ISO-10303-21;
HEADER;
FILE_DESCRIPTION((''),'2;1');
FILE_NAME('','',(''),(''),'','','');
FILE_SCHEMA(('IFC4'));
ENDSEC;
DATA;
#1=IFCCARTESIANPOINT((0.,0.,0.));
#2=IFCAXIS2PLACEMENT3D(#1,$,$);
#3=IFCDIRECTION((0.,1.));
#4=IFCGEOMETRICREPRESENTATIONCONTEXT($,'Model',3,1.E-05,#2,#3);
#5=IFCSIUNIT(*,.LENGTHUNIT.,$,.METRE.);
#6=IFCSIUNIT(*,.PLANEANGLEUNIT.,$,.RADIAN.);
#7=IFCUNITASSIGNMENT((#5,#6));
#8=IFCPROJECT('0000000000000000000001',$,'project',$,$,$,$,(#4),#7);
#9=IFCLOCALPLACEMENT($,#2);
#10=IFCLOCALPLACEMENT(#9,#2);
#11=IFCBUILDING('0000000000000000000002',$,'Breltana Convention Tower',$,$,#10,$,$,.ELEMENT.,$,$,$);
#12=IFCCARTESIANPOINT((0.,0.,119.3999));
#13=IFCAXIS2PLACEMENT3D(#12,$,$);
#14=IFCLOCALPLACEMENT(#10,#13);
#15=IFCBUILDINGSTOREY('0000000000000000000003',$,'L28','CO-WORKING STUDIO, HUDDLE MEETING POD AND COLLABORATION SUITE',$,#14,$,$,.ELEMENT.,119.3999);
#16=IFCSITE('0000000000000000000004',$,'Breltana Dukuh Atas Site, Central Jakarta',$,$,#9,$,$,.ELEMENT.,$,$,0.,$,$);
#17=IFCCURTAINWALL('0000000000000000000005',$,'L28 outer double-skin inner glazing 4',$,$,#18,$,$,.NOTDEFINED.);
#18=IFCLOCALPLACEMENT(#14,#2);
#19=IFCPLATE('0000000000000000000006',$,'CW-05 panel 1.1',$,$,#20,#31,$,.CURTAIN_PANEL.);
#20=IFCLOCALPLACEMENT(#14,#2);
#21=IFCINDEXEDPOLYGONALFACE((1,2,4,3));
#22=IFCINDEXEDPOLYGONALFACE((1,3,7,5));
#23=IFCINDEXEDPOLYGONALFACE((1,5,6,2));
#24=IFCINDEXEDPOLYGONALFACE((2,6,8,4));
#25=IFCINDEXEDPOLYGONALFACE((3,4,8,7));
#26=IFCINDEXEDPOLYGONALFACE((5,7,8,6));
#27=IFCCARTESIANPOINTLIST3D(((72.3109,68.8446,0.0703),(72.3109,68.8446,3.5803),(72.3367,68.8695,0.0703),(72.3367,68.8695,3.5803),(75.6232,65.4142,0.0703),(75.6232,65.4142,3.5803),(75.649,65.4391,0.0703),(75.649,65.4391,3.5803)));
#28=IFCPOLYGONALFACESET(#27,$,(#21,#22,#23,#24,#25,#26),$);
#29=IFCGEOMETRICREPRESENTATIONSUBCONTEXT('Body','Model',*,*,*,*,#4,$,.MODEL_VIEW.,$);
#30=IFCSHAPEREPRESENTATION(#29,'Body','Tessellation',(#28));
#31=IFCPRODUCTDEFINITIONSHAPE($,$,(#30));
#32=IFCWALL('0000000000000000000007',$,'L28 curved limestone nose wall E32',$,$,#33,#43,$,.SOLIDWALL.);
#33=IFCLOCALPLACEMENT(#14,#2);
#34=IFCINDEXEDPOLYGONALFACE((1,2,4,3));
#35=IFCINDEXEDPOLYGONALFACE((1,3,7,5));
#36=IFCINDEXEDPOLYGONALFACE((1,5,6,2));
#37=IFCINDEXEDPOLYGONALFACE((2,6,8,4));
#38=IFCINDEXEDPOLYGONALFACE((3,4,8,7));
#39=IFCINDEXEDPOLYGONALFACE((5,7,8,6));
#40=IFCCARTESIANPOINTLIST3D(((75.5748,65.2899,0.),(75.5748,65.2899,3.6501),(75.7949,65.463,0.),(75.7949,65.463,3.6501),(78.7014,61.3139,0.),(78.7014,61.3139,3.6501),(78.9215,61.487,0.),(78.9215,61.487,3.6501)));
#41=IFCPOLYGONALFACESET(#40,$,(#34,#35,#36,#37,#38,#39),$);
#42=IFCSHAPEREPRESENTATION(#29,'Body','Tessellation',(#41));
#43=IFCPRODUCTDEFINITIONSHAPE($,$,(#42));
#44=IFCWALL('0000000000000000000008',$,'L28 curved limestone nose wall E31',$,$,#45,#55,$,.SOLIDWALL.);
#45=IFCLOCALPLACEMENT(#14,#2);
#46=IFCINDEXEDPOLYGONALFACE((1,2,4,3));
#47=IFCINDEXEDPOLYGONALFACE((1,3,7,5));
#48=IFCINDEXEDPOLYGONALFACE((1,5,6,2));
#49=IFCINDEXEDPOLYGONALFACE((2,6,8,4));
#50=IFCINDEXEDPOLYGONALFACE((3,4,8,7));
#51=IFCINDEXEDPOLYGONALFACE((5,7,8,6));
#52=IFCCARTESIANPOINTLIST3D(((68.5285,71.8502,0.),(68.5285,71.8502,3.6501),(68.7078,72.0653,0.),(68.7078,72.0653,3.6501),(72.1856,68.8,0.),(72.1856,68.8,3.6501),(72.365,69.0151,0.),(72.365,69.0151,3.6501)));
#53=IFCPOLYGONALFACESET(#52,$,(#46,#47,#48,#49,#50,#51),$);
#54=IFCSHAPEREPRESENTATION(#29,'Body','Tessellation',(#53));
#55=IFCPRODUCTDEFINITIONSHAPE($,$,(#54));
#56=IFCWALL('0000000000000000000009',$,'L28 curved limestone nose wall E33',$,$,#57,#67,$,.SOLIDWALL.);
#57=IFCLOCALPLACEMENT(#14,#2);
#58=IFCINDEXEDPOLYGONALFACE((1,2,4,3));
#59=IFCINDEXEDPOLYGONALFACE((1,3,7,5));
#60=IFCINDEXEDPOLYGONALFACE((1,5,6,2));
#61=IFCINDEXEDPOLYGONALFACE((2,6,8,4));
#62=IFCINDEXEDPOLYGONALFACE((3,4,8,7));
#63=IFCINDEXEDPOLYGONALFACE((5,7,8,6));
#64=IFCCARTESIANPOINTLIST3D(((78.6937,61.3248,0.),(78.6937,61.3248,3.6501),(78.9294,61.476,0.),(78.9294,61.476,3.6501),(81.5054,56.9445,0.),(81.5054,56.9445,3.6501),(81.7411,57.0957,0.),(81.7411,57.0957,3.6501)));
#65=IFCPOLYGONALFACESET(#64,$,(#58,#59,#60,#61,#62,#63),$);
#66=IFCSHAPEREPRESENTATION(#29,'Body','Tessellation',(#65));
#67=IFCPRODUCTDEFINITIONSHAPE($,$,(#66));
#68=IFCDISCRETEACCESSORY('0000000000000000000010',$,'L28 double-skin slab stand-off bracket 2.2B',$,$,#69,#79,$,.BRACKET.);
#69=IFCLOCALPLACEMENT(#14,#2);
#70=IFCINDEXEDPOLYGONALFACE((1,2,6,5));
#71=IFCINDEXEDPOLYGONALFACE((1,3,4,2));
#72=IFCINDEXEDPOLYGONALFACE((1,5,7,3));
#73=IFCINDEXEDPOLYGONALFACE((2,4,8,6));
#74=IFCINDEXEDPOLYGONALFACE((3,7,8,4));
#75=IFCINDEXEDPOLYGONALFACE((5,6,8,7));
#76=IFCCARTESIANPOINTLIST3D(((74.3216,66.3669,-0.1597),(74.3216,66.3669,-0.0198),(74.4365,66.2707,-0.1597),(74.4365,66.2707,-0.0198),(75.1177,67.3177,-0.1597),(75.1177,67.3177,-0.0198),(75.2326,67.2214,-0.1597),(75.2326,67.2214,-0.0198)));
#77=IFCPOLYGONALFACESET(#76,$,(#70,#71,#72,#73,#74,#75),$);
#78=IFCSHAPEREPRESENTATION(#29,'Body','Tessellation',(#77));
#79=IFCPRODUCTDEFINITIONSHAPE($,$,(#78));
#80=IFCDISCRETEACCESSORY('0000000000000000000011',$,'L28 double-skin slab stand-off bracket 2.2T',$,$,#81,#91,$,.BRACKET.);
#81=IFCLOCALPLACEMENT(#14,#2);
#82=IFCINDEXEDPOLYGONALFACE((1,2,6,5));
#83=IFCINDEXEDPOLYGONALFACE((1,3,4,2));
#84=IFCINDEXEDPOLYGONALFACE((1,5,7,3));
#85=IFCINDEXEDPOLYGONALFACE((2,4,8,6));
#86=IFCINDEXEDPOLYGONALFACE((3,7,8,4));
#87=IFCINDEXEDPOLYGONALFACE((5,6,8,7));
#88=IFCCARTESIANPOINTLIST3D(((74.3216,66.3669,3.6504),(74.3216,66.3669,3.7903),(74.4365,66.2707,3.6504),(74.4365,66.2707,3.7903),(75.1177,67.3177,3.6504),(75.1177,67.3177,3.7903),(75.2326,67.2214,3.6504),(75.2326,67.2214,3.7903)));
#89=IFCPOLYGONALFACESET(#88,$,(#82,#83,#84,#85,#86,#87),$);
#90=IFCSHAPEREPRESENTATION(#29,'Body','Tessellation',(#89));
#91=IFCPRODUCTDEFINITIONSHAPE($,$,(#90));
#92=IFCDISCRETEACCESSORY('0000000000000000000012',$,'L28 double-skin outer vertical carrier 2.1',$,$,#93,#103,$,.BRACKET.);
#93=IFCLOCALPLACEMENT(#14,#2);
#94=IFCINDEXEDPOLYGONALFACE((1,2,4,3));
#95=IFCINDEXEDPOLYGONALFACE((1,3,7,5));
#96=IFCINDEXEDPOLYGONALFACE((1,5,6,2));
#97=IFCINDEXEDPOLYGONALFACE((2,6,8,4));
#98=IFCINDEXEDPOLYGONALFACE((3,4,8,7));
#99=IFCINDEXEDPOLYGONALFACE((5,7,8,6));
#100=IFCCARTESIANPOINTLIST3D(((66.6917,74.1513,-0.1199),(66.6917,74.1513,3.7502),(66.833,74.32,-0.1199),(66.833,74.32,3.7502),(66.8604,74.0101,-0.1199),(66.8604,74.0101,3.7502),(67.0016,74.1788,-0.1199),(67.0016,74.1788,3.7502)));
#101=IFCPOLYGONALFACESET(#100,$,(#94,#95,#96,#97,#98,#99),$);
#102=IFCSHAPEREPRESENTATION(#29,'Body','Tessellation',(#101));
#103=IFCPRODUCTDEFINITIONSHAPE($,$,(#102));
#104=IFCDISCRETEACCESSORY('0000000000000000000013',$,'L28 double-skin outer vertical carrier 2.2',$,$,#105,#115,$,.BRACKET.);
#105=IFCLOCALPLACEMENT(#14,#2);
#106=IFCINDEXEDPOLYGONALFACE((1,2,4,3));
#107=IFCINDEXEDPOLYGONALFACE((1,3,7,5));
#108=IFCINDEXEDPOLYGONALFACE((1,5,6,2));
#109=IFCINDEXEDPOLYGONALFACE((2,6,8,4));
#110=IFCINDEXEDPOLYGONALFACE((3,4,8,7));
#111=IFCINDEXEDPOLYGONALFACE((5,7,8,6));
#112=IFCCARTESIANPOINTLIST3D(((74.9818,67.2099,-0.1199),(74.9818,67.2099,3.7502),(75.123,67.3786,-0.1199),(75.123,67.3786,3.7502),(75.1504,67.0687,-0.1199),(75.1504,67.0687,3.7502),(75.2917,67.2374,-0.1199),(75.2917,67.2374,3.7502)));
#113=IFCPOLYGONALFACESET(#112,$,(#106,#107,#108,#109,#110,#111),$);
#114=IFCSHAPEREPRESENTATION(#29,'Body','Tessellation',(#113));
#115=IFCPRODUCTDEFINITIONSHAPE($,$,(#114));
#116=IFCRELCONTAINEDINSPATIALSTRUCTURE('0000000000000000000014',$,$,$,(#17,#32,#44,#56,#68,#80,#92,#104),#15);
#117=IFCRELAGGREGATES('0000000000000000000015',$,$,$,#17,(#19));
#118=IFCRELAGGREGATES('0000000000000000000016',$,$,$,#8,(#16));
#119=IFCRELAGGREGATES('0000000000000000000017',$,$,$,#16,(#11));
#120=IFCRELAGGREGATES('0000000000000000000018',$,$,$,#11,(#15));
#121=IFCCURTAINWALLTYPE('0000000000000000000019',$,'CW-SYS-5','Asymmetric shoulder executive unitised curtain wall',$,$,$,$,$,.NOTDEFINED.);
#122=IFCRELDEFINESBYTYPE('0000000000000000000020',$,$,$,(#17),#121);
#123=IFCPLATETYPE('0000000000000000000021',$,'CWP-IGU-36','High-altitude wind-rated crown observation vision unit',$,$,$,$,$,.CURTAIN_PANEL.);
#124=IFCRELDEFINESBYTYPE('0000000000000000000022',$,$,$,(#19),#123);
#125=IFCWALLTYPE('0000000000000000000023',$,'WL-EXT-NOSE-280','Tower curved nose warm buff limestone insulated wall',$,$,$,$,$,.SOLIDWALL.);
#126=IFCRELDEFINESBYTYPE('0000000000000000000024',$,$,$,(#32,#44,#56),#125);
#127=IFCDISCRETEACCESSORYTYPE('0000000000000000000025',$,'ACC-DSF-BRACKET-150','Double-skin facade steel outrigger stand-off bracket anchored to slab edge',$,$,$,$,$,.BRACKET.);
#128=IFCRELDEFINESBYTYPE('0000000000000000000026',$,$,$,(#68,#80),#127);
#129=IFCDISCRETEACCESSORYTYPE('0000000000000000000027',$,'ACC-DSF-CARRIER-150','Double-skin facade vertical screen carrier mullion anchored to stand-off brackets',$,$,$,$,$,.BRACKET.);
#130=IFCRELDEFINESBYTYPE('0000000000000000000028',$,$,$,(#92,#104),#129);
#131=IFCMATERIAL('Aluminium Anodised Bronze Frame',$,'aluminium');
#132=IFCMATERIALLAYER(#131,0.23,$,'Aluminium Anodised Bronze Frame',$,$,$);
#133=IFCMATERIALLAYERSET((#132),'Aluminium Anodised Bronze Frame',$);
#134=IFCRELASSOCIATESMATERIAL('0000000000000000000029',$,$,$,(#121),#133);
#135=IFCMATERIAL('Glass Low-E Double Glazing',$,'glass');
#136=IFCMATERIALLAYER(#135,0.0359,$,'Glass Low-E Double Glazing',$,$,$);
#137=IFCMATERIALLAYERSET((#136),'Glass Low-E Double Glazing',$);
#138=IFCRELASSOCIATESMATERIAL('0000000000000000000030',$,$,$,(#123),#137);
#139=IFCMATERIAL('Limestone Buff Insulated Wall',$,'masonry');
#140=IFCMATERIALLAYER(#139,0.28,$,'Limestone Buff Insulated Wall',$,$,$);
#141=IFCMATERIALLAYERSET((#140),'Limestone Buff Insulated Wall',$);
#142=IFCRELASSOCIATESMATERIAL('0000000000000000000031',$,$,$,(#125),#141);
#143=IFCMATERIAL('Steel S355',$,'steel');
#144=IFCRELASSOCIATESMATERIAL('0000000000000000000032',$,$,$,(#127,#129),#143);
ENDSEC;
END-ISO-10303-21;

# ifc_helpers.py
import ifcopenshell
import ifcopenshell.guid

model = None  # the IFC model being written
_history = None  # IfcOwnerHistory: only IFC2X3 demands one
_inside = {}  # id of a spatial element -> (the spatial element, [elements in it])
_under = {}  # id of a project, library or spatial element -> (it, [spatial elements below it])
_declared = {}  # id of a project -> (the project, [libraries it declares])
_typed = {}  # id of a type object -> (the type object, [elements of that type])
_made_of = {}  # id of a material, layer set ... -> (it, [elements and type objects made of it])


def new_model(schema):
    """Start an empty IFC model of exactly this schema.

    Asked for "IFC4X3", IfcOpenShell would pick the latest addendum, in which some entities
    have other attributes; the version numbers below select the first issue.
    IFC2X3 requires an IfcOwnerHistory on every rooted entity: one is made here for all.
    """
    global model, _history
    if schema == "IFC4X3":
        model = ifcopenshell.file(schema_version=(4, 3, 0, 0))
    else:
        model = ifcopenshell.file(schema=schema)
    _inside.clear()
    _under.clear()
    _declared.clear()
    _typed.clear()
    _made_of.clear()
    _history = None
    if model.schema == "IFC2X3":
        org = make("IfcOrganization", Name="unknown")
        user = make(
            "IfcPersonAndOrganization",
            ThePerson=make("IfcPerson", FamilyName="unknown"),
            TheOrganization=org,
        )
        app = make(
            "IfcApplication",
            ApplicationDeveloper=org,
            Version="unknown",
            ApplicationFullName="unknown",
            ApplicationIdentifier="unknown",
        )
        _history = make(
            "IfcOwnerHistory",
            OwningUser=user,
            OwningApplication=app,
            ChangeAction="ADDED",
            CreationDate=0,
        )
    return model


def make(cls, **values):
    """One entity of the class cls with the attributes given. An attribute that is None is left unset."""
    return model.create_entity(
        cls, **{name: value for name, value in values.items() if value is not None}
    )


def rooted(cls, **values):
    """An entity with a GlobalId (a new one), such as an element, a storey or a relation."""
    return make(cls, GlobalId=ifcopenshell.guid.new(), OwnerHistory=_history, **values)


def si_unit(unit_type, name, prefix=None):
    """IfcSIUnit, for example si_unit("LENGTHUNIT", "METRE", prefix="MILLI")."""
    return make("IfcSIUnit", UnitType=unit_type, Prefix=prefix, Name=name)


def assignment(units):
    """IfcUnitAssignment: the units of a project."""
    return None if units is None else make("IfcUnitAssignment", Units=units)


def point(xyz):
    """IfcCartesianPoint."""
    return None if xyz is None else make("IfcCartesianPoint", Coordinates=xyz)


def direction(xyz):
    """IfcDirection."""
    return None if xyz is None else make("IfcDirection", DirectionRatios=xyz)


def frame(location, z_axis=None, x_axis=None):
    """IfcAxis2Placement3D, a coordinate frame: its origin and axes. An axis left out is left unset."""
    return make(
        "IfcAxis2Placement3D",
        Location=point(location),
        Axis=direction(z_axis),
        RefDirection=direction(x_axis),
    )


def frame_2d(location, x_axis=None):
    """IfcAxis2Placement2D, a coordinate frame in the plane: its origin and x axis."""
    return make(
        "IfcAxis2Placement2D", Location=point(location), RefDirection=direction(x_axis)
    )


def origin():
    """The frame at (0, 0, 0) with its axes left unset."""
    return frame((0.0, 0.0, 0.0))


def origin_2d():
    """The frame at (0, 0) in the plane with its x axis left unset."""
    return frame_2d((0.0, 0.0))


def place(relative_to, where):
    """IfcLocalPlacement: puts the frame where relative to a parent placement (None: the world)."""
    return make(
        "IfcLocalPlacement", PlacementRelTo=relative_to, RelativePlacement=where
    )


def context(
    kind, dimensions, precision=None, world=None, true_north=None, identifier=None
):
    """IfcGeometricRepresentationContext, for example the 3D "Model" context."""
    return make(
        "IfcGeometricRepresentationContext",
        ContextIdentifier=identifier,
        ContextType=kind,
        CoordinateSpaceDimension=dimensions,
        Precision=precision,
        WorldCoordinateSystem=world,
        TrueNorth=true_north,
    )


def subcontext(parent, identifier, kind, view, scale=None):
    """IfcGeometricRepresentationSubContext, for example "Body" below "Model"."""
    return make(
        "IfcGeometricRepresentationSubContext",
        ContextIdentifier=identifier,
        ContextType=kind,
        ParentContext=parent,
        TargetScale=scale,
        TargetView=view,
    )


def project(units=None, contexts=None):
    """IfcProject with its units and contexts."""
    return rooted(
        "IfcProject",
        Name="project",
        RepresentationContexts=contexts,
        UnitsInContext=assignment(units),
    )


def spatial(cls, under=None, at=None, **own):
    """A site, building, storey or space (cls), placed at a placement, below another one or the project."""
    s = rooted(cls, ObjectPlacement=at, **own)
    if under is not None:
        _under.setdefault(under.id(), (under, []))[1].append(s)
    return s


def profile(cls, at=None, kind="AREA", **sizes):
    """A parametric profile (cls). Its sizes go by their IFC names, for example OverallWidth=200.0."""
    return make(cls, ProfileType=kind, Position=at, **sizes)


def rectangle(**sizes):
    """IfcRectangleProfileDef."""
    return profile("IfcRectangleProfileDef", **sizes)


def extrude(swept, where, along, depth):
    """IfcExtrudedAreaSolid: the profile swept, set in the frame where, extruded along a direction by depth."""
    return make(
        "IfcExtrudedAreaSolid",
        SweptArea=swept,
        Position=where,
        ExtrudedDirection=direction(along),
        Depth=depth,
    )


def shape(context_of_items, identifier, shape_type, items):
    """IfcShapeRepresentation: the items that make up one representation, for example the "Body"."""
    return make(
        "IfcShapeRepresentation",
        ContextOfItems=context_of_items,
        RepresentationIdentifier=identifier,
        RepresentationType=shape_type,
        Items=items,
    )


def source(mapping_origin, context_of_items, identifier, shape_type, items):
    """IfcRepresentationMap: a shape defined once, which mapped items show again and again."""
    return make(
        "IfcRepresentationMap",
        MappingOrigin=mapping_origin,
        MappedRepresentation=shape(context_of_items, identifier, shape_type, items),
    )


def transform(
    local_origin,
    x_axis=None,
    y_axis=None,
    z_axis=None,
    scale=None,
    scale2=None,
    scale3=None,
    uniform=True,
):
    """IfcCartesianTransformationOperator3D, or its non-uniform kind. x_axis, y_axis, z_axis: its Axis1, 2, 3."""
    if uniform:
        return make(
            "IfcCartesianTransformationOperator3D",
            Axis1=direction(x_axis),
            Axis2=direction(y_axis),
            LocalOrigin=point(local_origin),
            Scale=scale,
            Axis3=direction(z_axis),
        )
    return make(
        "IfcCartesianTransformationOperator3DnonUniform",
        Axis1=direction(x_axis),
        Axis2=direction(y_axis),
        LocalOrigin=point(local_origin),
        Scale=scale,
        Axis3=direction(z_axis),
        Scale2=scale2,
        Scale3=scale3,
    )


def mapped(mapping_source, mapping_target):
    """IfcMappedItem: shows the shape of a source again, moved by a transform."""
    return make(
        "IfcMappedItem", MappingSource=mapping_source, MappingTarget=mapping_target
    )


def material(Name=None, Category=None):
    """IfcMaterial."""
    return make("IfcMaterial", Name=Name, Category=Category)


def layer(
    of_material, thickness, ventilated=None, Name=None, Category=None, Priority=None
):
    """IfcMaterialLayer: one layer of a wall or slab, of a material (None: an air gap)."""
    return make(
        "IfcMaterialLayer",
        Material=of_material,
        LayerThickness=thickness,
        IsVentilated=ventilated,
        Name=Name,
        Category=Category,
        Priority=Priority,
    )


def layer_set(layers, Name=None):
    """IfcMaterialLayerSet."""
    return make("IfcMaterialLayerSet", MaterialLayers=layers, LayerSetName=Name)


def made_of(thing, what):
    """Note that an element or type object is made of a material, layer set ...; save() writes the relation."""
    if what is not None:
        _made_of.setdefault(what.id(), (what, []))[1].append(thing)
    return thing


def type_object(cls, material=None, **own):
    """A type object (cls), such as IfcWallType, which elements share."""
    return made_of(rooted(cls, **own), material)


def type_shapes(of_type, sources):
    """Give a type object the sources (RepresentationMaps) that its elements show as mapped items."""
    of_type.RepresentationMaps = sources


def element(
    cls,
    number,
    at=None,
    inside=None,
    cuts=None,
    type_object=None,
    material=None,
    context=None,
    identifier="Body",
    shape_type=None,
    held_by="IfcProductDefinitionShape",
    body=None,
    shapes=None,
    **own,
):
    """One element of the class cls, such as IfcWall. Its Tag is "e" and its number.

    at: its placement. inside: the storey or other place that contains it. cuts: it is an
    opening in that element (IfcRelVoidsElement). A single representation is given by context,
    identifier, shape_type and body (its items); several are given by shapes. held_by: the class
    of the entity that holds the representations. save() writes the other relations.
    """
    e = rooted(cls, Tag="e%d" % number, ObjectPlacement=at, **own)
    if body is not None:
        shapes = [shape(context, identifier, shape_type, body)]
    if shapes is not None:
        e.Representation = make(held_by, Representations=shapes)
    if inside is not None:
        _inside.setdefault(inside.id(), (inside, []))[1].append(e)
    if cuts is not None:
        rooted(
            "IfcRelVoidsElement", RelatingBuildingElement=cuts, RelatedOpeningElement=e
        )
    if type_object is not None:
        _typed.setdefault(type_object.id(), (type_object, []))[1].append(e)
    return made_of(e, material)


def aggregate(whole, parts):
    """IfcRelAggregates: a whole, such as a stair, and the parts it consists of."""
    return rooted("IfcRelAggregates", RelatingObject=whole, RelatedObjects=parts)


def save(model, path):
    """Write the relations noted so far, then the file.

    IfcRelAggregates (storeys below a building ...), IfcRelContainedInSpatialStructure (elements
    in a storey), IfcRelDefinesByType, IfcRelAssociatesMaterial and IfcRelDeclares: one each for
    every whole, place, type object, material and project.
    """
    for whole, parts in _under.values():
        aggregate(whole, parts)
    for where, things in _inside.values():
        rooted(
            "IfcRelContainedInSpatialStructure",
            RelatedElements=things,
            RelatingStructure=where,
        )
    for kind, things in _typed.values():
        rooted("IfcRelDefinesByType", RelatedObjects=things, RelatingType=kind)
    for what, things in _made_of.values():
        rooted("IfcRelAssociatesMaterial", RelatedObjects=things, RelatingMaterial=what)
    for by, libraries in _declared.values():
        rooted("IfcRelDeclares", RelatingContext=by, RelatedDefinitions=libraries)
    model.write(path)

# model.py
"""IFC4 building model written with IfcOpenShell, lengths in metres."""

from ifc_helpers import new_model, si_unit, direction, frame, frame_2d, origin, origin_2d, place, context, subcontext, project, spatial, rectangle, extrude, source, transform, mapped, material, layer, layer_set, type_object, type_shapes, element, aggregate, save


model = new_model("IFC4")

# Units and contexts
model_context = context("Model", 3, precision=1e-05, world=origin(), true_north=direction((0.0, 1.0)))
body_context = subcontext(model_context, "Body", "Model", "MODEL_VIEW")
ifc_project = project(units=[si_unit("LENGTHUNIT", "METRE"), si_unit("PLANEANGLEUNIT", "RADIAN")], contexts=[model_context])

# Site, building, storey
site_placement = place(None, origin())
site = spatial("IfcSite", under=ifc_project, at=site_placement, Name="Breltana Dukuh Atas Site, Central Jakarta", CompositionType="ELEMENT", RefElevation=0.0)
building_placement = place(site_placement, origin())
building = spatial("IfcBuilding", under=site, at=building_placement, Name="Breltana Convention Tower", CompositionType="ELEMENT")
storey_placement = place(building_placement, frame((0.0, 0.0, 119.3999)))
storey = spatial("IfcBuildingStorey", under=building, at=storey_placement, Name="L28", Description="CO-WORKING STUDIO, HUDDLE MEETING POD AND COLLABORATION SUITE", CompositionType="ELEMENT", Elevation=119.3999)

# Curtain wall, plate
ifc_material_1 = material(Name="Aluminium Anodised Bronze Frame", Category="aluminium")
ifc_layer_1 = layer(ifc_material_1, 0.23, Name="Aluminium Anodised Bronze Frame")
ifc_layer_set_1 = layer_set([ifc_layer_1], Name="Aluminium Anodised Bronze Frame")
curtain_wall_type = type_object("IfcCurtainWallType", Name="CW-SYS-5", Description="Asymmetric shoulder executive unitised curtain wall", PredefinedType="NOTDEFINED", material=ifc_layer_set_1)
curtain_wall_placement = place(storey_placement, origin())
curtain_wall = element("IfcCurtainWall", 1, at=curtain_wall_placement, inside=storey, type_object=curtain_wall_type, Name="L28 outer double-skin inner glazing 4", PredefinedType="NOTDEFINED")
ifc_material_2 = material(Name="Glass Low-E Double Glazing", Category="glass")
ifc_layer_2 = layer(ifc_material_2, 0.0359, Name="Glass Low-E Double Glazing")
ifc_layer_set_2 = layer_set([ifc_layer_2], Name="Glass Low-E Double Glazing")
plate_type = type_object("IfcPlateType", Name="CWP-IGU-36", Description="High-altitude wind-rated crown observation vision unit", PredefinedType="CURTAIN_PANEL", material=ifc_layer_set_2)
shared_shape_1 = source(origin(), body_context, "Body", "SweptSolid", [
    extrude(rectangle(XDim=4.7686, YDim=0.0359, at=origin_2d()), origin(), (0.0, 0.0, 1.0), 3.51),
])
plate_placement = place(storey_placement, frame((73.98, 67.1418, 0.0703), z_axis=(0.0, 0.0, 1.0), x_axis=(0.694612, -0.719385, 0.0)))
plate = element("IfcPlate", 2, at=plate_placement, type_object=plate_type, Name="CW-05 panel 1.1", PredefinedType="CURTAIN_PANEL", context=body_context, shape_type="MappedRepresentation", body=[
    mapped(shared_shape_1, transform((0.0, 0.0, 0.0), scale=1.0)),
])
aggregate(curtain_wall, [plate])

# Walls
ifc_material_3 = material(Name="Limestone Buff Insulated Wall", Category="masonry")
ifc_layer_3 = layer(ifc_material_3, 0.28, Name="Limestone Buff Insulated Wall")
ifc_layer_set_3 = layer_set([ifc_layer_3], Name="Limestone Buff Insulated Wall")
wall_type = type_object("IfcWallType", Name="WL-EXT-NOSE-280", Description="Tower curved nose warm buff limestone insulated wall", PredefinedType="SOLIDWALL", material=ifc_layer_set_3)
shared_shape_2 = source(origin(), body_context, "Body", "SweptSolid", [
    extrude(rectangle(XDim=5.0581, YDim=0.28, at=frame_2d((2.5291, 0.0))), origin(), (0.0, 0.0, 1.0), 3.6501),
])
wall_1_placement = place(storey_placement, frame((75.6848, 65.3765, 0.0), z_axis=(0.0, 0.0, 1.0), x_axis=(0.618146, -0.786064, 0.0)))
element("IfcWall", 3, at=wall_1_placement, inside=storey, type_object=wall_type, Name="L28 curved limestone nose wall E32", PredefinedType="SOLIDWALL", context=body_context, shape_type="MappedRepresentation", body=[
    mapped(shared_shape_2, transform((0.0, 0.0, 0.0), scale=1.0)),
])
shared_shape_3 = source(origin(), body_context, "Body", "SweptSolid", [
    extrude(rectangle(XDim=4.7622, YDim=0.28, at=frame_2d((2.3811, 0.0))), origin(), (0.0, 0.0, 1.0), 3.6501),
])
wall_2_placement = place(storey_placement, frame((68.6182, 71.9578, 0.0), z_axis=(0.0, 0.0, 1.0), x_axis=(0.767952, -0.640507, 0.0)))
element("IfcWall", 4, at=wall_2_placement, inside=storey, type_object=wall_type, Name="L28 curved limestone nose wall E31", PredefinedType="SOLIDWALL", context=body_context, shape_type="MappedRepresentation", body=[
    mapped(shared_shape_3, transform((0.0, 0.0, 0.0), scale=1.0)),
])
shared_shape_4 = source(origin(), body_context, "Body", "SweptSolid", [
    extrude(rectangle(XDim=5.2051, YDim=0.28, at=frame_2d((2.6025, 0.0))), origin(), (0.0, 0.0, 1.0), 3.6501),
])
wall_3_placement = place(storey_placement, frame((78.8115, 61.4004, 0.0), z_axis=(0.0, 0.0, 1.0), x_axis=(0.540189, -0.841544, 0.0)))
element("IfcWall", 5, at=wall_3_placement, inside=storey, type_object=wall_type, Name="L28 curved limestone nose wall E33", PredefinedType="SOLIDWALL", context=body_context, shape_type="MappedRepresentation", body=[
    mapped(shared_shape_4, transform((0.0, 0.0, 0.0), scale=1.0)),
])

# Discrete accessories
ifc_material_4 = material(Name="Steel S355", Category="steel")
discrete_accessory_type_1 = type_object("IfcDiscreteAccessoryType", Name="ACC-DSF-BRACKET-150", Description="Double-skin facade steel outrigger stand-off bracket anchored to slab edge", PredefinedType="BRACKET", material=ifc_material_4)
shared_shape_5 = source(origin(), body_context, "Body", "SweptSolid", [
    extrude(rectangle(XDim=1.24, YDim=0.1499, at=origin_2d()), origin(), (0.0, 0.0, 1.0), 0.1399),
])
type_shapes(discrete_accessory_type_1, [shared_shape_5])
for number, where, z_axis, x_axis, name in (
    (6, (74.7771, 66.7942, -0.1597), (0.0, 0.0, 1.0), (0.641987, 0.766715, 0.0), "L28 double-skin slab stand-off bracket 2.2B"),
    (7, (74.7771, 66.7942, 3.6504), (0.0, 0.0, 1.0), (0.641987, 0.766715, 0.0), "L28 double-skin slab stand-off bracket 2.2T"),
):
    element("IfcDiscreteAccessory", number, at=place(storey_placement, frame(where, z_axis=z_axis, x_axis=x_axis)), inside=storey, type_object=discrete_accessory_type_1, Name=name, PredefinedType="BRACKET", context=body_context, shape_type="MappedRepresentation", body=[
        mapped(shared_shape_5, transform((0.0, 0.0, 0.0), scale=1.0)),
    ])
discrete_accessory_type_2 = type_object("IfcDiscreteAccessoryType", Name="ACC-DSF-CARRIER-150", Description="Double-skin facade vertical screen carrier mullion anchored to stand-off brackets", PredefinedType="BRACKET", material=ifc_material_4)
shared_shape_6 = source(origin(), body_context, "Body", "SweptSolid", [
    extrude(rectangle(XDim=0.22, YDim=0.22, at=origin_2d()), origin(), (0.0, 0.0, 1.0), 3.8701),
])
for number, where, z_axis, x_axis, name in (
    (8, (66.8467, 74.165, -0.1199), (0.0, 0.0, 1.0), (0.641987, 0.766715, 0.0), "L28 double-skin outer vertical carrier 2.1"),
    (9, (75.1367, 67.2236, -0.1199), (0.0, 0.0, 1.0), (0.641987, 0.766715, 0.0), "L28 double-skin outer vertical carrier 2.2"),
):
    element("IfcDiscreteAccessory", number, at=place(storey_placement, frame(where, z_axis=z_axis, x_axis=x_axis)), inside=storey, type_object=discrete_accessory_type_2, Name=name, PredefinedType="BRACKET", context=body_context, shape_type="MappedRepresentation", body=[
        mapped(shared_shape_6, transform((0.0, 0.0, 0.0), scale=1.0)),
    ])

save(model, "model.ifc")
